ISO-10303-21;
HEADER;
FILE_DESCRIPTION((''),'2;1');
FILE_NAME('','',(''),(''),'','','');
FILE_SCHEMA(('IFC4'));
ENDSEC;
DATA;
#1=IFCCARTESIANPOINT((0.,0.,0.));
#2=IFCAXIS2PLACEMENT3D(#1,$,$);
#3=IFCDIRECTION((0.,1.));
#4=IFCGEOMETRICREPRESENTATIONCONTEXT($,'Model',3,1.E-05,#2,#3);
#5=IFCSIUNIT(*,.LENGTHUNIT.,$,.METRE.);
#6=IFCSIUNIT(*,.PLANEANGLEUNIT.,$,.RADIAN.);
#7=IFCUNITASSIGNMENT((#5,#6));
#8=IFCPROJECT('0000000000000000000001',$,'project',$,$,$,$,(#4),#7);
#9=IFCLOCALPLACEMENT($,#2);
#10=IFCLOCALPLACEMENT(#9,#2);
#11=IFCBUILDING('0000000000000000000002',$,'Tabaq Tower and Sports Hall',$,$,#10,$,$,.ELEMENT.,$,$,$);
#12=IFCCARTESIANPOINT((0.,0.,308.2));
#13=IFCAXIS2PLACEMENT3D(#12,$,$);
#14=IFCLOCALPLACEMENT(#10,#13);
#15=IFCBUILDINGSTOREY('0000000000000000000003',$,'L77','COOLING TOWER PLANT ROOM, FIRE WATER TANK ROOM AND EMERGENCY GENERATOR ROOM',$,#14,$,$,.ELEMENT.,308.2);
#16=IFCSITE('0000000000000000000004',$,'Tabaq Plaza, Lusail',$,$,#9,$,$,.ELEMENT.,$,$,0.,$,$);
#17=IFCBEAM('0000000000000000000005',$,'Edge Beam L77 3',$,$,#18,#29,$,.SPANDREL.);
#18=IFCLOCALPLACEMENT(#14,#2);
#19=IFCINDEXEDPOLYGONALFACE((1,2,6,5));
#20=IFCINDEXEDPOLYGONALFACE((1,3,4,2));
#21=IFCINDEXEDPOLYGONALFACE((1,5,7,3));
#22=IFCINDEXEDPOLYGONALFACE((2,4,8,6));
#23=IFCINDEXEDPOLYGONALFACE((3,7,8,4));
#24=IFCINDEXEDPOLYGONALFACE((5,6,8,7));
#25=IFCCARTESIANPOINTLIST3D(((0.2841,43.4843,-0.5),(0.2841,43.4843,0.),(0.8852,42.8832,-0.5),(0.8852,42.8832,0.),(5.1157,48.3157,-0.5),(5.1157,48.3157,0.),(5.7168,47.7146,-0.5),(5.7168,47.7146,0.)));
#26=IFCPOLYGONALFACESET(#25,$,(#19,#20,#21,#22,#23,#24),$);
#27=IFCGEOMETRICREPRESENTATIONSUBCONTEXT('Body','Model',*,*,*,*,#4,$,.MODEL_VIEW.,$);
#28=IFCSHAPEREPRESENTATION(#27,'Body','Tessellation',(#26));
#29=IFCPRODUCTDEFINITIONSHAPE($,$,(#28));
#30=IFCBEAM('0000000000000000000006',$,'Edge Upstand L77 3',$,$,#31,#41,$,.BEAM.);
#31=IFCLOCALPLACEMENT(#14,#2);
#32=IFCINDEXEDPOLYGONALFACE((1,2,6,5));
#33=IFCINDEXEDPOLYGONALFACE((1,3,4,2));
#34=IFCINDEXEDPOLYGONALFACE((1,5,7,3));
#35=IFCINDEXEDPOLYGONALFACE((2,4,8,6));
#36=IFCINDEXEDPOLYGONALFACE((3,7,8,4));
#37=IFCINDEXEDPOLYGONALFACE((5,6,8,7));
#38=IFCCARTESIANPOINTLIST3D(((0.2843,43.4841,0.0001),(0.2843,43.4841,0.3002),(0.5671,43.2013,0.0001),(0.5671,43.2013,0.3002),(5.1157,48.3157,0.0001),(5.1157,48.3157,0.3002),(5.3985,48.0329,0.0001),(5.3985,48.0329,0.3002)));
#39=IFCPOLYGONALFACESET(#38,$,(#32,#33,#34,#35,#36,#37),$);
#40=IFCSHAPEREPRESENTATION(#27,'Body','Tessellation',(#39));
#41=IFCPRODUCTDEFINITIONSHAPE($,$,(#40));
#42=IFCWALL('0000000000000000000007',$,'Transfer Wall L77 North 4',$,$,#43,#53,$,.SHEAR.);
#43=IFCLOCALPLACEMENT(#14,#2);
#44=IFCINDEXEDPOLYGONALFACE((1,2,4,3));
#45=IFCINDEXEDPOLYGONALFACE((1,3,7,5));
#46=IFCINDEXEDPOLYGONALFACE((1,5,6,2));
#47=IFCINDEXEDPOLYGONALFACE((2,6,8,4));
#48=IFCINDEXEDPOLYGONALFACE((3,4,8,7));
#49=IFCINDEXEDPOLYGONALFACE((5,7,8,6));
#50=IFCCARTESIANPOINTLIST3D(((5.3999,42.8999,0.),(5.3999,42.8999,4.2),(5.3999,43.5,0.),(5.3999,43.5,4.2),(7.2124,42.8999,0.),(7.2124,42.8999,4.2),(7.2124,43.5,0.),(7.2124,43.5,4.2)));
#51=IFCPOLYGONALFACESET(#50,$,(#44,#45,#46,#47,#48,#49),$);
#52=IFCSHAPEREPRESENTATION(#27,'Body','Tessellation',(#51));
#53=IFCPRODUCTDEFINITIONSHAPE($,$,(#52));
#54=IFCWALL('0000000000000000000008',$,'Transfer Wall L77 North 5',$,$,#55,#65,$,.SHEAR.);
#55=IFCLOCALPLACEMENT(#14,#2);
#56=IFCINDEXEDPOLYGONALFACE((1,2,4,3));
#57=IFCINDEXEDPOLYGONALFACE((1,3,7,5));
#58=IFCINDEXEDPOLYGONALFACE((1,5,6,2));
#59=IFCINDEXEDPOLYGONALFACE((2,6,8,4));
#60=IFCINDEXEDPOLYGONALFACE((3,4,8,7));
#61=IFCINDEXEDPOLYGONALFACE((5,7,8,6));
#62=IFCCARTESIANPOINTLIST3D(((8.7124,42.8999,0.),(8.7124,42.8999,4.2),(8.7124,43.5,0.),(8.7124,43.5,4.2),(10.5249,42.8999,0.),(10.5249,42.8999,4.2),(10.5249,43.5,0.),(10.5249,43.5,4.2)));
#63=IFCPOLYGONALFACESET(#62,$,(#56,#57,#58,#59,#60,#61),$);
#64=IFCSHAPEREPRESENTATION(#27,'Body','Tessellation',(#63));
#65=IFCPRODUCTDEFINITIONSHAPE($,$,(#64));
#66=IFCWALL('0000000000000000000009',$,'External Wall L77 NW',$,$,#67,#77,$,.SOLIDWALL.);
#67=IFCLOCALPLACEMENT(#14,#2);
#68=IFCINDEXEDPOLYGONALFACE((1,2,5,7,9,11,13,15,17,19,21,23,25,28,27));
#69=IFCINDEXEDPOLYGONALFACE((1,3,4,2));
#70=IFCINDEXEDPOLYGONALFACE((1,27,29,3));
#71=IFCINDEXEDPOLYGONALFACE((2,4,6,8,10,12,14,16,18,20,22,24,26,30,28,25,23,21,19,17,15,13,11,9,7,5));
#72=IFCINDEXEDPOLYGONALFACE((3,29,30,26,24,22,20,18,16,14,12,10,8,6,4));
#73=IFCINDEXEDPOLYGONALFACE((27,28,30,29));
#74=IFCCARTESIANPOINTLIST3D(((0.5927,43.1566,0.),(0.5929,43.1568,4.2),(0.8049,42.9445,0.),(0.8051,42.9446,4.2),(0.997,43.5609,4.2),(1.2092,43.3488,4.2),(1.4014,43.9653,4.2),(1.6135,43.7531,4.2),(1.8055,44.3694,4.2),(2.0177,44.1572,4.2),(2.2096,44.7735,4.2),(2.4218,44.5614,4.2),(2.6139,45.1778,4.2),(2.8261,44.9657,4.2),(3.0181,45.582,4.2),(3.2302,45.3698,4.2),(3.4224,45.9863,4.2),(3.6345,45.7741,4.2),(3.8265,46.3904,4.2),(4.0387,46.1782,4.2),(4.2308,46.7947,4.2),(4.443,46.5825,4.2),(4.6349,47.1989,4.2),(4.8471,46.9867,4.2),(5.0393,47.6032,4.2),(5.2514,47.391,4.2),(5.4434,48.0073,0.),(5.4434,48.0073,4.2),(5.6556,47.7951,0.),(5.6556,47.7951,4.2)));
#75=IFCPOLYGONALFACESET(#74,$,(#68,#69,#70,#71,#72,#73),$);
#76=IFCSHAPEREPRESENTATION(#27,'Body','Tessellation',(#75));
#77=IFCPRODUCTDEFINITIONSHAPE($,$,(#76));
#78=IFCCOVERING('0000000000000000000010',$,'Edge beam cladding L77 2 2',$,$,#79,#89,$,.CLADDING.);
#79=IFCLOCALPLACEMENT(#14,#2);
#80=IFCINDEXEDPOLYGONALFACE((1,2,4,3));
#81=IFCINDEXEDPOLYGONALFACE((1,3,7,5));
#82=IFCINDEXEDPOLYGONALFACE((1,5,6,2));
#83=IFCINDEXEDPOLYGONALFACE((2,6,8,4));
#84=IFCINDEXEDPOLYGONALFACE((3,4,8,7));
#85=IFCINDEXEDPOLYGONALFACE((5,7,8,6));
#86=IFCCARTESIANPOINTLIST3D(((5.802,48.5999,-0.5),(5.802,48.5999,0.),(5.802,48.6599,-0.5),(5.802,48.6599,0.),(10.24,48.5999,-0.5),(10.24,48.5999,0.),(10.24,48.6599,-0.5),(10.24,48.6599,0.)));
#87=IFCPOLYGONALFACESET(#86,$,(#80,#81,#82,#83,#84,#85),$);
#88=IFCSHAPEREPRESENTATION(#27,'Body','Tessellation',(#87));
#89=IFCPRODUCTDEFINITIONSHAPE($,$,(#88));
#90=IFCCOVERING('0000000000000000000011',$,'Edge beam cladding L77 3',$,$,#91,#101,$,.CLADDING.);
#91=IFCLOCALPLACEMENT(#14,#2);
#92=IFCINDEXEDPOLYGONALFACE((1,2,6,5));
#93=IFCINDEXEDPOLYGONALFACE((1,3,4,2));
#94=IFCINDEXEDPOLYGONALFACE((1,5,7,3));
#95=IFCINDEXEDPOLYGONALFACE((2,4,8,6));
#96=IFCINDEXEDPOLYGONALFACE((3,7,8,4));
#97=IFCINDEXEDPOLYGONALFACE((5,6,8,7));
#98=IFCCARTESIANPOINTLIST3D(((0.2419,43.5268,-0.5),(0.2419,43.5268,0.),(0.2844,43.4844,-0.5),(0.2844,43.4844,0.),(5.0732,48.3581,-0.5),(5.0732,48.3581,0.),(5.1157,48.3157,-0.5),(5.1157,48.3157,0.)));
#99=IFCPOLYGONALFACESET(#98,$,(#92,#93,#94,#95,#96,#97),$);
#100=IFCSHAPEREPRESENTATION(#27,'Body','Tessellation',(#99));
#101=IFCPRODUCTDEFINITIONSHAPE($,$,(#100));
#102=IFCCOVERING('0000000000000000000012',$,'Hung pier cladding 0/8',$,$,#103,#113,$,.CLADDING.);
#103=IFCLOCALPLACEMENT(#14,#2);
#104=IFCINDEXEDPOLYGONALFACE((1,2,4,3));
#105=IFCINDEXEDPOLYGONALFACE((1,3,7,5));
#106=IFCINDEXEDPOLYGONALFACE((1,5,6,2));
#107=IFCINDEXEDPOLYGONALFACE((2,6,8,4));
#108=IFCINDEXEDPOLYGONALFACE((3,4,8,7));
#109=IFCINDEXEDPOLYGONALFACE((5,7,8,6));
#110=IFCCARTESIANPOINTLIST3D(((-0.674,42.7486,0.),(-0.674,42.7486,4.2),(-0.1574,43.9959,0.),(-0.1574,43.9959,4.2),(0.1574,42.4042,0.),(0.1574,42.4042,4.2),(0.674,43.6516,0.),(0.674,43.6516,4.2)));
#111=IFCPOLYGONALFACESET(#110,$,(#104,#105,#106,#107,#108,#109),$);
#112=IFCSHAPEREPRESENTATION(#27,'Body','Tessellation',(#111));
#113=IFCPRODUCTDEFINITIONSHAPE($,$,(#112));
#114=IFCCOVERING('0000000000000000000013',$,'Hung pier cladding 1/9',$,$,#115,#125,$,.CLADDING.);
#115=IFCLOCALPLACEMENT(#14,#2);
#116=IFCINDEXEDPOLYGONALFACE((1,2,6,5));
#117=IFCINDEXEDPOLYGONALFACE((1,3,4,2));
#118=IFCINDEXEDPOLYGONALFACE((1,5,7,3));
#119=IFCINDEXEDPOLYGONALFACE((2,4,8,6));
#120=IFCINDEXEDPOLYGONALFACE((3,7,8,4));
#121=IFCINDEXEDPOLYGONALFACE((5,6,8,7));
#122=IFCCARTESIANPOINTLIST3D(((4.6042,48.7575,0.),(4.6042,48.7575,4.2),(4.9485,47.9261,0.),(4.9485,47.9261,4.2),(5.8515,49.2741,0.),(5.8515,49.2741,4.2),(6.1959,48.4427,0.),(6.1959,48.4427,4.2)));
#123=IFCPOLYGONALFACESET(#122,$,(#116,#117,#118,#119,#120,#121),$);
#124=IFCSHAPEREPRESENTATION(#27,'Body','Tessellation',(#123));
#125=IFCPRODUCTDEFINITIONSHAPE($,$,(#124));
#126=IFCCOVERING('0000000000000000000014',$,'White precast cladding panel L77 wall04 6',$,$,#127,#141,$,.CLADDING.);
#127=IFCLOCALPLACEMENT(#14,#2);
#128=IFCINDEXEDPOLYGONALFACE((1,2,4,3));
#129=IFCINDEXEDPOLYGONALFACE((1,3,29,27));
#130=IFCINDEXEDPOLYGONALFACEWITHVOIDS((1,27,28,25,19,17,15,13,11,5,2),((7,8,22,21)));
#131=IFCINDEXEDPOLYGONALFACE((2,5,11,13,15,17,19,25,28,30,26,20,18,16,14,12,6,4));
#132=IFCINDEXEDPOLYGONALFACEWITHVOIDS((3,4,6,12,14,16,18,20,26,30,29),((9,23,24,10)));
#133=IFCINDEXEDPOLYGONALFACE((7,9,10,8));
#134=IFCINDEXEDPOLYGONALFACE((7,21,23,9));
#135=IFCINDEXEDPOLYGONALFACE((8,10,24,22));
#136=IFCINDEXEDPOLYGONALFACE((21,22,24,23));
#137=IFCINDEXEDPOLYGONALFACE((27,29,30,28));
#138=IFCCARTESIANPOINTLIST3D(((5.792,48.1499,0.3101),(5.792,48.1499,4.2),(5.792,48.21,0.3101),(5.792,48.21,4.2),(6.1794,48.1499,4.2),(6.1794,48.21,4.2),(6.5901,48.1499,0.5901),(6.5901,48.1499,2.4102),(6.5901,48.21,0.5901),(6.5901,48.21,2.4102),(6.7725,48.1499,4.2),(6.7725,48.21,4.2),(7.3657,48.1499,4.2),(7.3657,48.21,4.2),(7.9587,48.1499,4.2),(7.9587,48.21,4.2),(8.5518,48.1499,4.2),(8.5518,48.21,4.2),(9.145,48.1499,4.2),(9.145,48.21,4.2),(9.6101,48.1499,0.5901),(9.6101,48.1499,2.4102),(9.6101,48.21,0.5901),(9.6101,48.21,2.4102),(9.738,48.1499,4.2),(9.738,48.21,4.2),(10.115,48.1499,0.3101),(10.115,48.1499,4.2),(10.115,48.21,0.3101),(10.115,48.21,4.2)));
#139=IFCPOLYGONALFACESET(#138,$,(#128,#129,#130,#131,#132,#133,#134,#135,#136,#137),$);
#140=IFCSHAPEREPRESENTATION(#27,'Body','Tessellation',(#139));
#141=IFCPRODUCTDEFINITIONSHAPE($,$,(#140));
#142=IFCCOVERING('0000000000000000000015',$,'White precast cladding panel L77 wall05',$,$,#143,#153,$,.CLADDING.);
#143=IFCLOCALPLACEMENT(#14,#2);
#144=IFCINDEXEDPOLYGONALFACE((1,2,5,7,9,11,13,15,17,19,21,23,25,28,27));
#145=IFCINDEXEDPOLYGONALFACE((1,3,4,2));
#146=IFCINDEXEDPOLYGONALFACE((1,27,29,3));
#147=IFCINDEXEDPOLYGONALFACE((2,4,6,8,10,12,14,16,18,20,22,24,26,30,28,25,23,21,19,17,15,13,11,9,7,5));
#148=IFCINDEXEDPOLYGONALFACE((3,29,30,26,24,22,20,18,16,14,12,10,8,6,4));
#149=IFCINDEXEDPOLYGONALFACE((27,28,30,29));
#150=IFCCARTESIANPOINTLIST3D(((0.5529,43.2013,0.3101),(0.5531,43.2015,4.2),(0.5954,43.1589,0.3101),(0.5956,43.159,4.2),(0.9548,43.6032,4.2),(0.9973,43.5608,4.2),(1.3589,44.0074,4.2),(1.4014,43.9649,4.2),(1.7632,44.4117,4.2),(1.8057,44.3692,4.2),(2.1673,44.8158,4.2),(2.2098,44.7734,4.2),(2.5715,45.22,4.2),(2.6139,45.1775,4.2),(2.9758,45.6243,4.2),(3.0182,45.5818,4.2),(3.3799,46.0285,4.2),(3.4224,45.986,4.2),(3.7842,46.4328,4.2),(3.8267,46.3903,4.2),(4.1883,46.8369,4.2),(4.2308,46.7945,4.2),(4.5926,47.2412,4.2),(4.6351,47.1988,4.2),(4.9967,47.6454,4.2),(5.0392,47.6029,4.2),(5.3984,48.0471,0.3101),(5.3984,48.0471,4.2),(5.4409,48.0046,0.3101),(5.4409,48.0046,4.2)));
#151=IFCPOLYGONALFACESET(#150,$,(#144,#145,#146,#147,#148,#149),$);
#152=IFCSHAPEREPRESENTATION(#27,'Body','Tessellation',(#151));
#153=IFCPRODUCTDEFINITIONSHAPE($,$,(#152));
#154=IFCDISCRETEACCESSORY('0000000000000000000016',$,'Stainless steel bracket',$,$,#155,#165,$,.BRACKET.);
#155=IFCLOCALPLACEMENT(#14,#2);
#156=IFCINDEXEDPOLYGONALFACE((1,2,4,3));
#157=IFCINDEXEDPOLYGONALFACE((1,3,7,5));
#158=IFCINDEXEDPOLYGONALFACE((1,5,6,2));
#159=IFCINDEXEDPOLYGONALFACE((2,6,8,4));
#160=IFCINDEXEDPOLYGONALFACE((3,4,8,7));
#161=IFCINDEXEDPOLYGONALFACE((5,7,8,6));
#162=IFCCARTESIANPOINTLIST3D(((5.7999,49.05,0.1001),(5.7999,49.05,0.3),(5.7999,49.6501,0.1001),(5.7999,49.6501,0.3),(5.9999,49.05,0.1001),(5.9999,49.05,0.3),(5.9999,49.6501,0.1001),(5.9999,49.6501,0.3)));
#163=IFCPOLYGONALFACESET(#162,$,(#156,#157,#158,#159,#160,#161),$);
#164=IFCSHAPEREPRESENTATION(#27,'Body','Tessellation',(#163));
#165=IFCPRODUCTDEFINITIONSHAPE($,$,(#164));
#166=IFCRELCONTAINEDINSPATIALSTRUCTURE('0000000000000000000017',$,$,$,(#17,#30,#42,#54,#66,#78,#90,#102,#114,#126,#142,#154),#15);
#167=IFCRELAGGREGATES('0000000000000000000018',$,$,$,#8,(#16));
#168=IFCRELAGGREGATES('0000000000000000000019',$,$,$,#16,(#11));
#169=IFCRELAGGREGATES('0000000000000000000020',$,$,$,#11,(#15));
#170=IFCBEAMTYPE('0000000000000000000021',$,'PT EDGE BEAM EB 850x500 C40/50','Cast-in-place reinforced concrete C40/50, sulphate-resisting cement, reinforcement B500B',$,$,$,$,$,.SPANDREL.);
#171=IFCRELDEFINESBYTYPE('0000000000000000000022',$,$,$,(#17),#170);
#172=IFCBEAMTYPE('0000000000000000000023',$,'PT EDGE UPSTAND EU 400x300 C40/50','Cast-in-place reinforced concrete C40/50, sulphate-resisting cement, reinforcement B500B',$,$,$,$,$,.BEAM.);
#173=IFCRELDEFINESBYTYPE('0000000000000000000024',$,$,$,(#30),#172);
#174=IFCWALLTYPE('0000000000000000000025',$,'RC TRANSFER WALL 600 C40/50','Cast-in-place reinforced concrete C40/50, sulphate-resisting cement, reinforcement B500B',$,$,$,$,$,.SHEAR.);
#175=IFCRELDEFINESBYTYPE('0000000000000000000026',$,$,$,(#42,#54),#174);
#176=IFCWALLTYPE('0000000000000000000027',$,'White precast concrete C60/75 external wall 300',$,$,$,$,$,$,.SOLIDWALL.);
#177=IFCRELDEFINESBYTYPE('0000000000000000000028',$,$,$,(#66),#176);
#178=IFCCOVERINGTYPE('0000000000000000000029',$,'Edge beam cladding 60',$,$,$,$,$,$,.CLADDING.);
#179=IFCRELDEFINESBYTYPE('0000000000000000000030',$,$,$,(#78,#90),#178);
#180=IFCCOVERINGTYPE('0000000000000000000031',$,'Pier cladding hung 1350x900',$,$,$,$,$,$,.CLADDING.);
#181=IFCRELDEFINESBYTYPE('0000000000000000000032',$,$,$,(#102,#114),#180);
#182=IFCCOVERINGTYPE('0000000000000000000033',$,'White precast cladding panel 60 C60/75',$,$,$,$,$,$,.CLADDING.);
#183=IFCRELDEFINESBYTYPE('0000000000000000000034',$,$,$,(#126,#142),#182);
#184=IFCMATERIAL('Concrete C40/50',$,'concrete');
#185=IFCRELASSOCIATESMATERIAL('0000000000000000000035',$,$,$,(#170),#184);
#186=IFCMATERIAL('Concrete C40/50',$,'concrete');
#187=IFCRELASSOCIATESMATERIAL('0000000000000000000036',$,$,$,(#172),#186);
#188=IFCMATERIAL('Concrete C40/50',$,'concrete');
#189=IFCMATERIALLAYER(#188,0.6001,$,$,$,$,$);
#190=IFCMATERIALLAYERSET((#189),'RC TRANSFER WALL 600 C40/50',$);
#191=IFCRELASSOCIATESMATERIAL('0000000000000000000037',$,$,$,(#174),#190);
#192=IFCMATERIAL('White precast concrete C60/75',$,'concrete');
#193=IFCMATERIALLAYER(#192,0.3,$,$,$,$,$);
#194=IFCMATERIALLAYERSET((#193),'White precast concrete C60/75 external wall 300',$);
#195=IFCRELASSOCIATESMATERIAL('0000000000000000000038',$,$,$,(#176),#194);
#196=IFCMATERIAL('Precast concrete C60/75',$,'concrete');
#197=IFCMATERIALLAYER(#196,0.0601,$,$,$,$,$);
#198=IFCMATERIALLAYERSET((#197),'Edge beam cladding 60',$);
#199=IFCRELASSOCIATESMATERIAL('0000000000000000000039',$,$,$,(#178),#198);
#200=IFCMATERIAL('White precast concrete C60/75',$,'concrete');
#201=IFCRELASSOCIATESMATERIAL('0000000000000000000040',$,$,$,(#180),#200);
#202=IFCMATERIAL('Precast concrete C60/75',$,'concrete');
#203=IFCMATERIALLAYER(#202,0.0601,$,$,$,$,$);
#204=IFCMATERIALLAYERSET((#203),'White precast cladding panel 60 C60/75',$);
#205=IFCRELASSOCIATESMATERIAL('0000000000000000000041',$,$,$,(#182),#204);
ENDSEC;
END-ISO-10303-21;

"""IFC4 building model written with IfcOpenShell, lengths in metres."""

from ifc_helpers import new_model, si_unit, direction, frame, frame_2d, origin, origin_2d, place, context, subcontext, project, spatial, polyline, rectangle, outline, extrude, material, layer, layer_set, material_profile, profile_set, type_object, element, save


model = new_model("IFC4")

# Units and contexts
model_context = context("Model", 3, precision=1e-05, world=origin(), true_north=direction((0.0, 1.0)))
body_context = subcontext(model_context, "Body", "Model", "MODEL_VIEW")
ifc_project = project(units=[si_unit("LENGTHUNIT", "METRE"), si_unit("PLANEANGLEUNIT", "RADIAN")], contexts=[model_context])

# Site, building, storey
site_placement = place(None, origin())
site = spatial("IfcSite", under=ifc_project, at=site_placement, Name="Tabaq Plaza, Lusail", CompositionType="ELEMENT", RefElevation=0.0)
building_placement = place(site_placement, origin())
building = spatial("IfcBuilding", under=site, at=building_placement, Name="Tabaq Tower and Sports Hall", CompositionType="ELEMENT")
storey_placement = place(building_placement, frame((0.0, 0.0, 308.2)))
storey = spatial("IfcBuildingStorey", under=building, at=storey_placement, Name="L77", Description="COOLING TOWER PLANT ROOM, FIRE WATER TANK ROOM AND EMERGENCY GENERATOR ROOM", CompositionType="ELEMENT", Elevation=308.2)

# Beams
ifc_material_1 = material(Name="Concrete C40/50", Category="concrete")
ifc_material_profile_1 = material_profile(ifc_material_1, rectangle(XDim=0.8501, YDim=0.5, at=origin_2d()), Name="EB 850x500")
ifc_profile_set_1 = profile_set([ifc_material_profile_1], Name="Concrete C40/50")
beam_type_1 = type_object("IfcBeamType", Name="PT EDGE BEAM EB 850x500 C40/50", Description="Cast-in-place reinforced concrete C40/50, sulphate-resisting cement, reinforcement B500B", PredefinedType="SPANDREL", material=ifc_profile_set_1)
beam_1_placement = place(storey_placement, frame((5.4163, 48.0151, -0.25), z_axis=(-0.707125, -0.707089, 0.0), x_axis=(0.707089, -0.707125, 0.0)))
element("IfcBeam", 1, at=beam_1_placement, inside=storey, type_object=beam_type_1, Name="Edge Beam L77 3", PredefinedType="SPANDREL", context=body_context, shape_type="SweptSolid", body=[
    extrude(rectangle(XDim=0.8501, YDim=0.5, at=origin_2d()), origin(), (0.0, 0.0, 1.0), 6.8328),
])
ifc_material_2 = material(Name="Concrete C40/50", Category="concrete")
ifc_material_profile_2 = material_profile(ifc_material_2, rectangle(XDim=0.3999, YDim=0.3, at=origin_2d()), Name="EU 400x300")
ifc_profile_set_2 = profile_set([ifc_material_profile_2], Name="Concrete C40/50")
beam_type_2 = type_object("IfcBeamType", Name="PT EDGE UPSTAND EU 400x300 C40/50", Description="Cast-in-place reinforced concrete C40/50, sulphate-resisting cement, reinforcement B500B", PredefinedType="BEAM", material=ifc_profile_set_2)
beam_2_placement = place(storey_placement, frame((5.2571, 48.1743, 0.1501), z_axis=(-0.707089, -0.707125, 0.0), x_axis=(0.707125, -0.707089, 0.0)))
element("IfcBeam", 2, at=beam_2_placement, inside=storey, type_object=beam_type_2, Name="Edge Upstand L77 3", PredefinedType="BEAM", context=body_context, shape_type="SweptSolid", body=[
    extrude(rectangle(XDim=0.3999, YDim=0.3, at=origin_2d()), origin(), (0.0, 0.0, 1.0), 6.8328),
])

# Walls
ifc_material_3 = material(Name="Concrete C40/50", Category="concrete")
ifc_layer_1 = layer(ifc_material_3, 0.6001)
ifc_layer_set_1 = layer_set([ifc_layer_1], Name="RC TRANSFER WALL 600 C40/50")
wall_type_1 = type_object("IfcWallType", Name="RC TRANSFER WALL 600 C40/50", Description="Cast-in-place reinforced concrete C40/50, sulphate-resisting cement, reinforcement B500B", PredefinedType="SHEAR", material=ifc_layer_set_1)
for number, where, z_axis, x_axis, name in (
    (3, (5.3999, 43.2, 0.0), (0.0, 0.0, 1.0), (1.0, 0.0, 0.0), "Transfer Wall L77 North 4"),
    (4, (8.7124, 43.2, 0.0), (0.0, 0.0, 1.0), (1.0, 0.0, 0.0), "Transfer Wall L77 North 5"),
):
    element("IfcWall", number, at=place(storey_placement, frame(where, z_axis=z_axis, x_axis=x_axis)), inside=storey, type_object=wall_type_1, Name=name, PredefinedType="SHEAR", context=body_context, shape_type="SweptSolid", body=[
        extrude(rectangle(XDim=1.8125, YDim=0.6001, at=frame_2d((0.9062, 0.0))), origin(), (0.0, 0.0, 1.0), 4.2),
    ])
ifc_material_4 = material(Name="White precast concrete C60/75", Category="concrete")
ifc_layer_2 = layer(ifc_material_4, 0.3)
ifc_layer_set_2 = layer_set([ifc_layer_2], Name="White precast concrete C60/75 external wall 300")
wall_type_2 = type_object("IfcWallType", Name="White precast concrete C60/75 external wall 300", PredefinedType="SOLIDWALL", material=ifc_layer_set_2)
wall_1_placement = place(storey_placement, frame((5.5496, 47.9011, 0.0), z_axis=(0.0, 0.0, 1.0), x_axis=(-0.707107, -0.707107, 0.0)))
element("IfcWall", 5, at=wall_1_placement, inside=storey, type_object=wall_type_2, Name="External Wall L77 NW", PredefinedType="SOLIDWALL", context=body_context, shape_type="SweptSolid", body=[
    extrude(outline(polyline([(0.0, 0.0), (6.8599, 0.0), (6.8596, 4.2), (6.2881, 4.2), (5.7163, 4.2), (5.1448, 4.2), (4.5732, 4.2), (4.0015, 4.2), (3.4299, 4.2), (2.8582, 4.2), (2.2866, 4.2), (1.7148, 4.2), (1.1433, 4.2), (0.5715, 4.2), (0.0, 4.2), (0.0, 0.0)])), frame((0.0, 0.1499, 0.0), z_axis=(0.0, -1.0, 0.0), x_axis=(1.0, 0.0, 0.0)), (0.0, 0.0, 1.0), 0.3),
])

# Coverings
ifc_material_5 = material(Name="Precast concrete C60/75", Category="concrete")
ifc_layer_3 = layer(ifc_material_5, 0.0601)
ifc_layer_set_3 = layer_set([ifc_layer_3], Name="Edge beam cladding 60")
covering_type_1 = type_object("IfcCoveringType", Name="Edge beam cladding 60", PredefinedType="CLADDING", material=ifc_layer_set_3)
covering_1_placement = place(storey_placement, frame((10.24, 48.6299, -0.5), z_axis=(0.0, 0.0, 1.0), x_axis=(-1.0, 0.0, 0.0)))
element("IfcCovering", 6, at=covering_1_placement, inside=storey, type_object=covering_type_1, Name="Edge beam cladding L77 2 2", PredefinedType="CLADDING", context=body_context, shape_type="SweptSolid", body=[
    extrude(rectangle(XDim=4.438, YDim=0.0601, at=frame_2d((2.219, 0.0))), origin(), (0.0, 0.0, 1.0), 0.5),
])
covering_2_placement = place(storey_placement, frame((5.0945, 48.3369, -0.5), z_axis=(0.0, 0.0, 1.0), x_axis=(-0.707107, -0.707107, 0.0)))
element("IfcCovering", 7, at=covering_2_placement, inside=storey, type_object=covering_type_1, Name="Edge beam cladding L77 3", PredefinedType="CLADDING", context=body_context, shape_type="SweptSolid", body=[
    extrude(rectangle(XDim=6.8325, YDim=0.0601, at=frame_2d((3.4163, 0.0))), origin(), (0.0, 0.0, 1.0), 0.5),
])
ifc_material_6 = material(Name="White precast concrete C60/75", Category="concrete")
covering_type_2 = type_object("IfcCoveringType", Name="Pier cladding hung 1350x900", PredefinedType="CLADDING", material=ifc_material_6)
for number, where, z_axis, x_axis, name in (
    (8, (0.2583, 43.8237, 0.0), (0.0, 0.0, 1.0), (-0.38265, -0.923893, 0.0), "Hung pier cladding 0/8"),
    (9, (6.0237, 48.8584, 0.0), (0.0, 0.0, 1.0), (-0.923893, -0.38265, 0.0), "Hung pier cladding 1/9"),
):
    element("IfcCovering", number, at=place(storey_placement, frame(where, z_axis=z_axis, x_axis=x_axis)), inside=storey, type_object=covering_type_2, Name=name, PredefinedType="CLADDING", context=body_context, shape_type="SweptSolid", body=[
        extrude(rectangle(XDim=1.3501, YDim=0.8999, at=frame_2d((0.675, 0.0))), origin(), (0.0, 0.0, 1.0), 4.2),
    ])
ifc_material_7 = material(Name="Precast concrete C60/75", Category="concrete")
ifc_layer_4 = layer(ifc_material_7, 0.0601)
ifc_layer_set_4 = layer_set([ifc_layer_4], Name="White precast cladding panel 60 C60/75")
covering_type_3 = type_object("IfcCoveringType", Name="White precast cladding panel 60 C60/75", PredefinedType="CLADDING", material=ifc_layer_set_4)
covering_3_placement = place(storey_placement, frame((10.115, 48.1799, 0.3101), z_axis=(0.0, 0.0, 1.0), x_axis=(-1.0, 0.0, 0.0)))
element("IfcCovering", 10, at=covering_3_placement, inside=storey, type_object=covering_type_3, Name="White precast cladding panel L77 wall04 6", PredefinedType="CLADDING", context=body_context, shape_type="SweptSolid", body=[
    extrude(outline(polyline([(0.0, 0.0), (4.323, 0.0), (4.323, 3.8899), (3.9355, 3.8899), (3.3425, 3.8899), (2.7493, 3.8899), (2.1562, 3.8899), (1.5632, 3.8899), (0.97, 3.8899), (0.377, 3.8899), (0.0, 3.8899), (0.0, 0.0)]), holes=[polyline([(0.5049, 0.28), (0.5049, 2.1001), (3.5249, 2.1001), (3.5249, 0.28), (0.5049, 0.28)])]), frame((0.0, 0.03, 0.0), z_axis=(0.0, -1.0, 0.0), x_axis=(1.0, 0.0, 0.0)), (0.0, 0.0, 1.0), 0.0601),
])
covering_4_placement = place(storey_placement, frame((5.4197, 48.0259, 0.3101), z_axis=(0.0, 0.0, 1.0), x_axis=(-0.707089, -0.707125, 0.0)))
element("IfcCovering", 11, at=covering_4_placement, inside=storey, type_object=covering_type_3, Name="White precast cladding panel L77 wall05", PredefinedType="CLADDING", context=body_context, shape_type="SweptSolid", body=[
    extrude(outline(polyline([(0.0, 0.0), (6.8528, 0.0), (6.8525, 3.8899), (6.2844, 3.8899), (5.7129, 3.8899), (5.1411, 3.8899), (4.5696, 3.8899), (3.998, 3.8899), (3.4263, 3.8899), (2.8547, 3.8899), (2.283, 3.8899), (1.7114, 3.8899), (1.1396, 3.8899), (0.5681, 3.8899), (0.0, 3.8899), (0.0, 0.0)])), frame((0.0, 0.03, 0.0), z_axis=(0.0, -1.0, 0.0), x_axis=(1.0, 0.0, 0.0)), (0.0, 0.0, 1.0), 0.0601),
])

# Discrete accessory
discrete_accessory_placement = place(storey_placement, frame((5.8999, 49.3501, 0.1001), z_axis=(0.0, 0.0, 1.0), x_axis=(0.0, 1.0, 0.0)))
element("IfcDiscreteAccessory", 12, at=discrete_accessory_placement, inside=storey, Name="Stainless steel bracket", PredefinedType="BRACKET", context=body_context, shape_type="SweptSolid", body=[
    extrude(rectangle(XDim=0.6001, YDim=0.2, at=origin_2d()), origin(), (0.0, 0.0, 1.0), 0.2),
])

save(model, "model.ifc")
